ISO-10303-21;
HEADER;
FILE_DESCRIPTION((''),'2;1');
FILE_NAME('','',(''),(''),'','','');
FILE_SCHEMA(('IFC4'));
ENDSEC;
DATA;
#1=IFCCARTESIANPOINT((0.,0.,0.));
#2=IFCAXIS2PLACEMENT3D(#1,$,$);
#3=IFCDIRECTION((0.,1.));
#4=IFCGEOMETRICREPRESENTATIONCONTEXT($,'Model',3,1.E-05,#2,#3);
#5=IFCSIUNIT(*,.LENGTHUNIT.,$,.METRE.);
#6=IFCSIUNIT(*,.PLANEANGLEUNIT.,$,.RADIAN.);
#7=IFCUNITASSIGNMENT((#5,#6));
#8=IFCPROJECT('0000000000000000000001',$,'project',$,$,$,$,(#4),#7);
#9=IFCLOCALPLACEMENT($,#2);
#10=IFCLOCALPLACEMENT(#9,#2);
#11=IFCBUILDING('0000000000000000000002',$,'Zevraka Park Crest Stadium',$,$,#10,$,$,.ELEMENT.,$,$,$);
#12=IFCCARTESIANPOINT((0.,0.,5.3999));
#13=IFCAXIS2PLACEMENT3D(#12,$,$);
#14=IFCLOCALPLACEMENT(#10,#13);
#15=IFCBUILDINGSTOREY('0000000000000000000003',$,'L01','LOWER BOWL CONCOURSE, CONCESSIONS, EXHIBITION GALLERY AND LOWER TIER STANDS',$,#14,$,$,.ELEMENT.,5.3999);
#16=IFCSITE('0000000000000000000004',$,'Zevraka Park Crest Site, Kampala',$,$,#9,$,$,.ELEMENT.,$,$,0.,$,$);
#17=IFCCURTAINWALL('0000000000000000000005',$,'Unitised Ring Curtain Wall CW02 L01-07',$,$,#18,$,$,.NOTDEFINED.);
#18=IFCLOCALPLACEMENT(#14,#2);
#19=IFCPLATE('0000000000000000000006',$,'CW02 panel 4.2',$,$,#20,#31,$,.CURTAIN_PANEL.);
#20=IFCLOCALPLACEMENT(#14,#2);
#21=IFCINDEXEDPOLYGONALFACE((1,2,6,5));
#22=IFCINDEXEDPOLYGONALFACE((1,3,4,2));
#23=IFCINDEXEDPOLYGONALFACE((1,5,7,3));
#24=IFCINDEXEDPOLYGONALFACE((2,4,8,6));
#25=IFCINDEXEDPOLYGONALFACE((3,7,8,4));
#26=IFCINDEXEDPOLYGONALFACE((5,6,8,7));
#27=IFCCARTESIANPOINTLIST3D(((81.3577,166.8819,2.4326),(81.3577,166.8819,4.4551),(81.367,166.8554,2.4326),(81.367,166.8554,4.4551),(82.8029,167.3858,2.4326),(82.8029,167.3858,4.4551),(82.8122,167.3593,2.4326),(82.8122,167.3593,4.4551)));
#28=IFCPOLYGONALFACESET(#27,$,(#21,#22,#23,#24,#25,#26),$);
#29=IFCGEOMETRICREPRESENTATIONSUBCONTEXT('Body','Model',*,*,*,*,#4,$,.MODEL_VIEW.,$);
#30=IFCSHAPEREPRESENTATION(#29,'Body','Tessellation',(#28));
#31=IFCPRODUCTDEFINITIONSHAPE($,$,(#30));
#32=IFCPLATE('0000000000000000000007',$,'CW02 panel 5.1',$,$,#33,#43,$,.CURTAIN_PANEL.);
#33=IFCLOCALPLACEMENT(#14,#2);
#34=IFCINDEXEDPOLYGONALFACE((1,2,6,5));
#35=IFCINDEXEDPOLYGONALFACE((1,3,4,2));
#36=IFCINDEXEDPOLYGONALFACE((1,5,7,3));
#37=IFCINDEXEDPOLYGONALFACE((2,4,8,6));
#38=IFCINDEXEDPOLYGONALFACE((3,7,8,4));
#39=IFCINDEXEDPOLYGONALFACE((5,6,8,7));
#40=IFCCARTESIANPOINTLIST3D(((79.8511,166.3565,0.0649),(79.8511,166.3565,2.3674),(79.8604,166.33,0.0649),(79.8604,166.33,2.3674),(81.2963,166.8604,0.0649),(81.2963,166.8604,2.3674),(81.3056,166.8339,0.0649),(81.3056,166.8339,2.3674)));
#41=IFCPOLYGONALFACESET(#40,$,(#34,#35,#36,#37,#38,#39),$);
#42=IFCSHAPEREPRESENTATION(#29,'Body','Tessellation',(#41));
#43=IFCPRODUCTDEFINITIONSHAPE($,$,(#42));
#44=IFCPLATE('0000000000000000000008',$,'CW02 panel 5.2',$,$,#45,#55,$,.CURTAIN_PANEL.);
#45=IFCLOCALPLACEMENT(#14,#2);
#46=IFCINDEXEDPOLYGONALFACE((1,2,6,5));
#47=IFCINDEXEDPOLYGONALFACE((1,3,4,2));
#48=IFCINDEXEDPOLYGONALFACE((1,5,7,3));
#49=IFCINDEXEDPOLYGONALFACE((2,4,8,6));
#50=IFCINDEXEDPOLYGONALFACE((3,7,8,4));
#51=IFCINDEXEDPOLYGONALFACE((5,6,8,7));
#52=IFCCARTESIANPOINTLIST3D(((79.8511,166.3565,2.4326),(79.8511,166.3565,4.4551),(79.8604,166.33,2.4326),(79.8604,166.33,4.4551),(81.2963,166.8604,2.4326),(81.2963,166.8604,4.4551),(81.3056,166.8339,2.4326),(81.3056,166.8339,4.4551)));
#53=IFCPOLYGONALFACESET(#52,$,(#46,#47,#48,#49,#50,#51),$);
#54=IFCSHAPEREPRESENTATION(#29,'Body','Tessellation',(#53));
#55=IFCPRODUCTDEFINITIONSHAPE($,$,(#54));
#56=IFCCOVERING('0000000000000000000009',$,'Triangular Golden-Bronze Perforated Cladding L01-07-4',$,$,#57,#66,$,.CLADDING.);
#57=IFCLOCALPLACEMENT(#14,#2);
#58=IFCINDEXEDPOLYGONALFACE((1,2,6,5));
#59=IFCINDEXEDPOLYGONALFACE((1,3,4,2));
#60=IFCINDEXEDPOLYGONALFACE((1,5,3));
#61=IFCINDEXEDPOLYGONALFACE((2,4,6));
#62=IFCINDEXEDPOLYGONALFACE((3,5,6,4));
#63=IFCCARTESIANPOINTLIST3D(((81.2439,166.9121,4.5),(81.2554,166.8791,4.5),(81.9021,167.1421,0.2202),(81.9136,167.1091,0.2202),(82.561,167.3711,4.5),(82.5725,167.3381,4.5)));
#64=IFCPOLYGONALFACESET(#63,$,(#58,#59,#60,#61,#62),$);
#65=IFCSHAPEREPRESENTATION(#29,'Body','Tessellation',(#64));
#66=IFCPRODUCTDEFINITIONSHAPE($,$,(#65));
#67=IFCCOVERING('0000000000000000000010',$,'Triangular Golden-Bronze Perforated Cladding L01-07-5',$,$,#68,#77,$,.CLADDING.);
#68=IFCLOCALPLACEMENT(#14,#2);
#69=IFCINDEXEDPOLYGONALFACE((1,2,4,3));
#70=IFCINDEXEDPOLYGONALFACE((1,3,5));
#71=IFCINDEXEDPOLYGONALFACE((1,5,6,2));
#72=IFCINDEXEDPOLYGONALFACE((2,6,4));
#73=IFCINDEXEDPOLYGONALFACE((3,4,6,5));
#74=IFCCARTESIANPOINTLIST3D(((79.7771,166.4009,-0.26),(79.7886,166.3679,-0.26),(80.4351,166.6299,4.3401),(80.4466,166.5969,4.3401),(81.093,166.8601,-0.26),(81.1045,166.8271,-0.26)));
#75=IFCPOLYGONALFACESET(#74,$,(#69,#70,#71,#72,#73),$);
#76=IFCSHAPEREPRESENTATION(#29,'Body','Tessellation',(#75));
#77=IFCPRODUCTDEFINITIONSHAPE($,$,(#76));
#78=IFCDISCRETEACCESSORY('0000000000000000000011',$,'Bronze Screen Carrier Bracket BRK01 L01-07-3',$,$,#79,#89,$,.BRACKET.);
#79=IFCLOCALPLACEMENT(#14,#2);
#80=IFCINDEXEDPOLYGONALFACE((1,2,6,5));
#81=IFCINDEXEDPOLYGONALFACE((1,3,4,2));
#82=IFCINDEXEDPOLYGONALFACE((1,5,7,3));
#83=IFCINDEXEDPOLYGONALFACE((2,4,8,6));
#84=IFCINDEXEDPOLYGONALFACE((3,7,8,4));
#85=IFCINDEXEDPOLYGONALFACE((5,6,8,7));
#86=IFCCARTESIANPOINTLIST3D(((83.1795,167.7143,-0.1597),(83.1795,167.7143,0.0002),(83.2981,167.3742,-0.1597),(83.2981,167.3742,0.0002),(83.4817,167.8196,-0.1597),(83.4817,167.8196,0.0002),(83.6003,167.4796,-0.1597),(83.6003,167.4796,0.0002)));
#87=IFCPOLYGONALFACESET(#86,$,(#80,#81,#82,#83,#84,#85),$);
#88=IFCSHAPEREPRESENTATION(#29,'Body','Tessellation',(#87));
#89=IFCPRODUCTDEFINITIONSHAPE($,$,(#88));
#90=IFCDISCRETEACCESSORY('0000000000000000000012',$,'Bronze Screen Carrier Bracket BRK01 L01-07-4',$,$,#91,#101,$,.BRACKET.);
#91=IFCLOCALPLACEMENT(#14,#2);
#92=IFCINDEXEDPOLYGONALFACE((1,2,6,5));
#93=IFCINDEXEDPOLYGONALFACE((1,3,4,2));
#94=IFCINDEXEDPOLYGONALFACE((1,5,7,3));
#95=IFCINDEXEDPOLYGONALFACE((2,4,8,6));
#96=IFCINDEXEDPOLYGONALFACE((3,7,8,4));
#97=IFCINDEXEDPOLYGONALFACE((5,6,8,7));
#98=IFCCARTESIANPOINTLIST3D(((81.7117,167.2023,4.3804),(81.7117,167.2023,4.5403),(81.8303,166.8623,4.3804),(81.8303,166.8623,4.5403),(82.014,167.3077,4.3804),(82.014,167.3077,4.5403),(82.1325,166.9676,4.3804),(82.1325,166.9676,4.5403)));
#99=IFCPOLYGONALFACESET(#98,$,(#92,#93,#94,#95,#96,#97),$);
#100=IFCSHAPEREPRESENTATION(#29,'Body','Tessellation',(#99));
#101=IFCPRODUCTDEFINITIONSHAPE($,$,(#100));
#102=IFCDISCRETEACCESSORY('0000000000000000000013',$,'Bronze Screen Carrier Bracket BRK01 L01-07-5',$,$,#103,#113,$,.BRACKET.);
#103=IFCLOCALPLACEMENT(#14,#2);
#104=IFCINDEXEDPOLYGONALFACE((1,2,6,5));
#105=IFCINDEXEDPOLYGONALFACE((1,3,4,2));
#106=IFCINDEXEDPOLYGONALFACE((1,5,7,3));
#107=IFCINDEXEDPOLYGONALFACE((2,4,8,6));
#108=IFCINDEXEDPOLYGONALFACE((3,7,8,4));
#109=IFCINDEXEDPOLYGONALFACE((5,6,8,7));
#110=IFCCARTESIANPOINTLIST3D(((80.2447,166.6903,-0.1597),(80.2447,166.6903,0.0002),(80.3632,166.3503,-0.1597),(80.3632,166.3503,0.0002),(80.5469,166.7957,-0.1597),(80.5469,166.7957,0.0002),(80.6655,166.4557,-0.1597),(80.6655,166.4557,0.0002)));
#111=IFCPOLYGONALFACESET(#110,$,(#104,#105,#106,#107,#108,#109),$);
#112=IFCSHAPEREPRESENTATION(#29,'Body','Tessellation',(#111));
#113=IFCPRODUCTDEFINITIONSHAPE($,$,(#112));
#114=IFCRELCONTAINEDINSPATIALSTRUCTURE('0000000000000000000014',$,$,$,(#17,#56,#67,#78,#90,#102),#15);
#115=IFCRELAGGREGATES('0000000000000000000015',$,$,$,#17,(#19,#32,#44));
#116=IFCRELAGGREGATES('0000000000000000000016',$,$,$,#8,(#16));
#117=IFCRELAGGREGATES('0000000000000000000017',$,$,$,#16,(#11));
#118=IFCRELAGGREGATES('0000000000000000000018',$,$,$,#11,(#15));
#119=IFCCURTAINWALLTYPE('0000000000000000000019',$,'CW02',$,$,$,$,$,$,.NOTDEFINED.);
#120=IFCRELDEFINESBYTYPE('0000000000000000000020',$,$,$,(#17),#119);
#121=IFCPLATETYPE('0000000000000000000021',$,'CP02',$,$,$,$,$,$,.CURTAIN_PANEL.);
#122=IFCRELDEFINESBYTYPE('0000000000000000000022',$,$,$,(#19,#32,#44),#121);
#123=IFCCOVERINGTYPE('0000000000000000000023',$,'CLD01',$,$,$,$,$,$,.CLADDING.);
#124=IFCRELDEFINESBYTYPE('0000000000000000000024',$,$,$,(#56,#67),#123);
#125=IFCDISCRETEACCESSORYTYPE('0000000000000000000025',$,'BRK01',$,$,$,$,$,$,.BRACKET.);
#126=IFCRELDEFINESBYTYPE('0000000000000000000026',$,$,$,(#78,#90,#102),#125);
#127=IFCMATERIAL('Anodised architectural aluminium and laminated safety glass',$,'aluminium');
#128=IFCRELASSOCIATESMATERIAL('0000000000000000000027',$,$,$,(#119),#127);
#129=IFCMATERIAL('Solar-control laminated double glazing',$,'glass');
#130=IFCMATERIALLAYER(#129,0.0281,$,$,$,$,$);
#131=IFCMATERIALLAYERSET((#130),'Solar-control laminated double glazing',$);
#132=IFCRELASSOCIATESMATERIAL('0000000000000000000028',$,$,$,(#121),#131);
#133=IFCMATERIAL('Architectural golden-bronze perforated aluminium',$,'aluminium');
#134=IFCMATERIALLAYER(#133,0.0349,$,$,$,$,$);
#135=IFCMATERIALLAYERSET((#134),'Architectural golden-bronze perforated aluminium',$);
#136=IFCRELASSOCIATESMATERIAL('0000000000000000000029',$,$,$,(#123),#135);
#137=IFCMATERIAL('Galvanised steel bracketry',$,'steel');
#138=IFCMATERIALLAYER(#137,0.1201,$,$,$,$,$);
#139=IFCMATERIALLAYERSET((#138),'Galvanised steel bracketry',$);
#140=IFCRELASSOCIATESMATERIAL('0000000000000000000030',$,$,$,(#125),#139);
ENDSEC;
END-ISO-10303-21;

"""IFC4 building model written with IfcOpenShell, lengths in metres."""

from ifc_helpers import new_model, si_unit, direction, frame, origin, origin_2d, place, context, subcontext, project, spatial, polyline, rectangle, outline, extrude, material, layer, layer_set, type_object, element, aggregate, save


model = new_model("IFC4")

# Units and contexts
model_context = context("Model", 3, precision=1e-05, world=origin(), true_north=direction((0.0, 1.0)))
body_context = subcontext(model_context, "Body", "Model", "MODEL_VIEW")
ifc_project = project(units=[si_unit("LENGTHUNIT", "METRE"), si_unit("PLANEANGLEUNIT", "RADIAN")], contexts=[model_context])

# Site, building, storey
site_placement = place(None, origin())
site = spatial("IfcSite", under=ifc_project, at=site_placement, Name="Zevraka Park Crest Site, Kampala", CompositionType="ELEMENT", RefElevation=0.0)
building_placement = place(site_placement, origin())
building = spatial("IfcBuilding", under=site, at=building_placement, Name="Zevraka Park Crest Stadium", CompositionType="ELEMENT")
storey_placement = place(building_placement, frame((0.0, 0.0, 5.3999)))
storey = spatial("IfcBuildingStorey", under=building, at=storey_placement, Name="L01", Description="LOWER BOWL CONCOURSE, CONCESSIONS, EXHIBITION GALLERY AND LOWER TIER STANDS", CompositionType="ELEMENT", Elevation=5.3999)

# Curtain wall, plates
ifc_material_1 = material(Name="Anodised architectural aluminium and laminated safety glass", Category="aluminium")
curtain_wall_type = type_object("IfcCurtainWallType", Name="CW02", PredefinedType="NOTDEFINED", material=ifc_material_1)
curtain_wall_placement = place(storey_placement, origin())
curtain_wall = element("IfcCurtainWall", 1, at=curtain_wall_placement, inside=storey, type_object=curtain_wall_type, Name="Unitised Ring Curtain Wall CW02 L01-07", PredefinedType="NOTDEFINED")
ifc_material_2 = material(Name="Solar-control laminated double glazing", Category="glass")
ifc_layer_1 = layer(ifc_material_2, 0.0281)
ifc_layer_set_1 = layer_set([ifc_layer_1], Name="Solar-control laminated double glazing")
plate_type = type_object("IfcPlateType", Name="CP02", PredefinedType="CURTAIN_PANEL", material=ifc_layer_set_1)
plate_1_placement = place(storey_placement, frame((82.085, 167.1206, 2.4326), z_axis=(0.0, 0.0, 1.0), x_axis=(-0.944257, -0.329209, 0.0)))
plate_1 = element("IfcPlate", 2, at=plate_1_placement, type_object=plate_type, Name="CW02 panel 4.2", PredefinedType="CURTAIN_PANEL", context=body_context, shape_type="SweptSolid", body=[
    extrude(rectangle(XDim=1.5305, YDim=0.0281, at=origin_2d()), origin(), (0.0, 0.0, 1.0), 2.0225),
])
plate_2_placement = place(storey_placement, frame((80.5784, 166.5952, 0.0649), z_axis=(0.0, 0.0, 1.0), x_axis=(-0.944257, -0.329209, 0.0)))
plate_2 = element("IfcPlate", 3, at=plate_2_placement, type_object=plate_type, Name="CW02 panel 5.1", PredefinedType="CURTAIN_PANEL", context=body_context, shape_type="SweptSolid", body=[
    extrude(rectangle(XDim=1.5305, YDim=0.0281, at=origin_2d()), origin(), (0.0, 0.0, 1.0), 2.3025),
])
plate_3_placement = place(storey_placement, frame((80.5784, 166.5952, 2.4326), z_axis=(0.0, 0.0, 1.0), x_axis=(-0.944257, -0.329209, 0.0)))
plate_3 = element("IfcPlate", 4, at=plate_3_placement, type_object=plate_type, Name="CW02 panel 5.2", PredefinedType="CURTAIN_PANEL", context=body_context, shape_type="SweptSolid", body=[
    extrude(rectangle(XDim=1.5305, YDim=0.0281, at=origin_2d()), origin(), (0.0, 0.0, 1.0), 2.0225),
])
aggregate(curtain_wall, [plate_1, plate_2, plate_3])

# Coverings
ifc_material_3 = material(Name="Architectural golden-bronze perforated aluminium", Category="aluminium")
ifc_layer_2 = layer(ifc_material_3, 0.0349)
ifc_layer_set_2 = layer_set([ifc_layer_2], Name="Architectural golden-bronze perforated aluminium")
covering_type = type_object("IfcCoveringType", Name="CLD01", PredefinedType="CLADDING", material=ifc_layer_set_2)
covering_1_placement = place(storey_placement, frame((81.2439, 166.9121, 4.5), z_axis=(-0.329064, 0.944308, 0.000136), x_axis=(0.944308, 0.329064, 0.0)))
element("IfcCovering", 5, at=covering_1_placement, inside=storey, type_object=covering_type, Name="Triangular Golden-Bronze Perforated Cladding L01-07-4", PredefinedType="CLADDING", context=body_context, shape_type="SweptSolid", body=[
    extrude(outline(polyline([(0.0, 0.0), (1.3948, 0.0), (0.6972, 4.2798), (0.0, 0.0)])), origin(), (0.0, 0.0, -1.0), 0.0349),
])
covering_2_placement = place(storey_placement, frame((81.093, 166.8601, -0.26), z_axis=(-0.329492, 0.944158, 0.000125), x_axis=(-0.944158, -0.329492, 0.0)))
element("IfcCovering", 6, at=covering_2_placement, inside=storey, type_object=covering_type, Name="Triangular Golden-Bronze Perforated Cladding L01-07-5", PredefinedType="CLADDING", context=body_context, shape_type="SweptSolid", body=[
    extrude(outline(polyline([(0.0, 0.0), (1.3937, 0.0), (0.6971, 4.6001), (0.0, 0.0)])), origin(), (0.0, 0.0, -1.0), 0.0349),
])

# Discrete accessories
ifc_material_4 = material(Name="Galvanised steel bracketry", Category="steel")
ifc_layer_3 = layer(ifc_material_4, 0.1201)
ifc_layer_set_3 = layer_set([ifc_layer_3], Name="Galvanised steel bracketry")
discrete_accessory_type = type_object("IfcDiscreteAccessoryType", Name="BRK01", PredefinedType="BRACKET", material=ifc_layer_set_3)
for number, where, z_axis, x_axis, name in (
    (7, (83.3899, 167.5969, -0.1597), (0.0, 0.0, 1.0), (-0.944262, -0.329196, 0.0), "Bronze Screen Carrier Bracket BRK01 L01-07-3"),
    (8, (81.9221, 167.085, 4.3804), (0.0, 0.0, 1.0), (-0.944262, -0.329196, 0.0), "Bronze Screen Carrier Bracket BRK01 L01-07-4"),
    (9, (80.4551, 166.573, -0.1597), (0.0, 0.0, 1.0), (-0.944262, -0.329196, 0.0), "Bronze Screen Carrier Bracket BRK01 L01-07-5"),
):
    element("IfcDiscreteAccessory", number, at=place(storey_placement, frame(where, z_axis=z_axis, x_axis=x_axis)), inside=storey, type_object=discrete_accessory_type, Name=name, PredefinedType="BRACKET", context=body_context, shape_type="SweptSolid", body=[
        extrude(rectangle(XDim=0.3201, YDim=0.3601, at=origin_2d()), origin(), (0.0, 0.0, 1.0), 0.1599),
    ])

save(model, "model.ifc")
